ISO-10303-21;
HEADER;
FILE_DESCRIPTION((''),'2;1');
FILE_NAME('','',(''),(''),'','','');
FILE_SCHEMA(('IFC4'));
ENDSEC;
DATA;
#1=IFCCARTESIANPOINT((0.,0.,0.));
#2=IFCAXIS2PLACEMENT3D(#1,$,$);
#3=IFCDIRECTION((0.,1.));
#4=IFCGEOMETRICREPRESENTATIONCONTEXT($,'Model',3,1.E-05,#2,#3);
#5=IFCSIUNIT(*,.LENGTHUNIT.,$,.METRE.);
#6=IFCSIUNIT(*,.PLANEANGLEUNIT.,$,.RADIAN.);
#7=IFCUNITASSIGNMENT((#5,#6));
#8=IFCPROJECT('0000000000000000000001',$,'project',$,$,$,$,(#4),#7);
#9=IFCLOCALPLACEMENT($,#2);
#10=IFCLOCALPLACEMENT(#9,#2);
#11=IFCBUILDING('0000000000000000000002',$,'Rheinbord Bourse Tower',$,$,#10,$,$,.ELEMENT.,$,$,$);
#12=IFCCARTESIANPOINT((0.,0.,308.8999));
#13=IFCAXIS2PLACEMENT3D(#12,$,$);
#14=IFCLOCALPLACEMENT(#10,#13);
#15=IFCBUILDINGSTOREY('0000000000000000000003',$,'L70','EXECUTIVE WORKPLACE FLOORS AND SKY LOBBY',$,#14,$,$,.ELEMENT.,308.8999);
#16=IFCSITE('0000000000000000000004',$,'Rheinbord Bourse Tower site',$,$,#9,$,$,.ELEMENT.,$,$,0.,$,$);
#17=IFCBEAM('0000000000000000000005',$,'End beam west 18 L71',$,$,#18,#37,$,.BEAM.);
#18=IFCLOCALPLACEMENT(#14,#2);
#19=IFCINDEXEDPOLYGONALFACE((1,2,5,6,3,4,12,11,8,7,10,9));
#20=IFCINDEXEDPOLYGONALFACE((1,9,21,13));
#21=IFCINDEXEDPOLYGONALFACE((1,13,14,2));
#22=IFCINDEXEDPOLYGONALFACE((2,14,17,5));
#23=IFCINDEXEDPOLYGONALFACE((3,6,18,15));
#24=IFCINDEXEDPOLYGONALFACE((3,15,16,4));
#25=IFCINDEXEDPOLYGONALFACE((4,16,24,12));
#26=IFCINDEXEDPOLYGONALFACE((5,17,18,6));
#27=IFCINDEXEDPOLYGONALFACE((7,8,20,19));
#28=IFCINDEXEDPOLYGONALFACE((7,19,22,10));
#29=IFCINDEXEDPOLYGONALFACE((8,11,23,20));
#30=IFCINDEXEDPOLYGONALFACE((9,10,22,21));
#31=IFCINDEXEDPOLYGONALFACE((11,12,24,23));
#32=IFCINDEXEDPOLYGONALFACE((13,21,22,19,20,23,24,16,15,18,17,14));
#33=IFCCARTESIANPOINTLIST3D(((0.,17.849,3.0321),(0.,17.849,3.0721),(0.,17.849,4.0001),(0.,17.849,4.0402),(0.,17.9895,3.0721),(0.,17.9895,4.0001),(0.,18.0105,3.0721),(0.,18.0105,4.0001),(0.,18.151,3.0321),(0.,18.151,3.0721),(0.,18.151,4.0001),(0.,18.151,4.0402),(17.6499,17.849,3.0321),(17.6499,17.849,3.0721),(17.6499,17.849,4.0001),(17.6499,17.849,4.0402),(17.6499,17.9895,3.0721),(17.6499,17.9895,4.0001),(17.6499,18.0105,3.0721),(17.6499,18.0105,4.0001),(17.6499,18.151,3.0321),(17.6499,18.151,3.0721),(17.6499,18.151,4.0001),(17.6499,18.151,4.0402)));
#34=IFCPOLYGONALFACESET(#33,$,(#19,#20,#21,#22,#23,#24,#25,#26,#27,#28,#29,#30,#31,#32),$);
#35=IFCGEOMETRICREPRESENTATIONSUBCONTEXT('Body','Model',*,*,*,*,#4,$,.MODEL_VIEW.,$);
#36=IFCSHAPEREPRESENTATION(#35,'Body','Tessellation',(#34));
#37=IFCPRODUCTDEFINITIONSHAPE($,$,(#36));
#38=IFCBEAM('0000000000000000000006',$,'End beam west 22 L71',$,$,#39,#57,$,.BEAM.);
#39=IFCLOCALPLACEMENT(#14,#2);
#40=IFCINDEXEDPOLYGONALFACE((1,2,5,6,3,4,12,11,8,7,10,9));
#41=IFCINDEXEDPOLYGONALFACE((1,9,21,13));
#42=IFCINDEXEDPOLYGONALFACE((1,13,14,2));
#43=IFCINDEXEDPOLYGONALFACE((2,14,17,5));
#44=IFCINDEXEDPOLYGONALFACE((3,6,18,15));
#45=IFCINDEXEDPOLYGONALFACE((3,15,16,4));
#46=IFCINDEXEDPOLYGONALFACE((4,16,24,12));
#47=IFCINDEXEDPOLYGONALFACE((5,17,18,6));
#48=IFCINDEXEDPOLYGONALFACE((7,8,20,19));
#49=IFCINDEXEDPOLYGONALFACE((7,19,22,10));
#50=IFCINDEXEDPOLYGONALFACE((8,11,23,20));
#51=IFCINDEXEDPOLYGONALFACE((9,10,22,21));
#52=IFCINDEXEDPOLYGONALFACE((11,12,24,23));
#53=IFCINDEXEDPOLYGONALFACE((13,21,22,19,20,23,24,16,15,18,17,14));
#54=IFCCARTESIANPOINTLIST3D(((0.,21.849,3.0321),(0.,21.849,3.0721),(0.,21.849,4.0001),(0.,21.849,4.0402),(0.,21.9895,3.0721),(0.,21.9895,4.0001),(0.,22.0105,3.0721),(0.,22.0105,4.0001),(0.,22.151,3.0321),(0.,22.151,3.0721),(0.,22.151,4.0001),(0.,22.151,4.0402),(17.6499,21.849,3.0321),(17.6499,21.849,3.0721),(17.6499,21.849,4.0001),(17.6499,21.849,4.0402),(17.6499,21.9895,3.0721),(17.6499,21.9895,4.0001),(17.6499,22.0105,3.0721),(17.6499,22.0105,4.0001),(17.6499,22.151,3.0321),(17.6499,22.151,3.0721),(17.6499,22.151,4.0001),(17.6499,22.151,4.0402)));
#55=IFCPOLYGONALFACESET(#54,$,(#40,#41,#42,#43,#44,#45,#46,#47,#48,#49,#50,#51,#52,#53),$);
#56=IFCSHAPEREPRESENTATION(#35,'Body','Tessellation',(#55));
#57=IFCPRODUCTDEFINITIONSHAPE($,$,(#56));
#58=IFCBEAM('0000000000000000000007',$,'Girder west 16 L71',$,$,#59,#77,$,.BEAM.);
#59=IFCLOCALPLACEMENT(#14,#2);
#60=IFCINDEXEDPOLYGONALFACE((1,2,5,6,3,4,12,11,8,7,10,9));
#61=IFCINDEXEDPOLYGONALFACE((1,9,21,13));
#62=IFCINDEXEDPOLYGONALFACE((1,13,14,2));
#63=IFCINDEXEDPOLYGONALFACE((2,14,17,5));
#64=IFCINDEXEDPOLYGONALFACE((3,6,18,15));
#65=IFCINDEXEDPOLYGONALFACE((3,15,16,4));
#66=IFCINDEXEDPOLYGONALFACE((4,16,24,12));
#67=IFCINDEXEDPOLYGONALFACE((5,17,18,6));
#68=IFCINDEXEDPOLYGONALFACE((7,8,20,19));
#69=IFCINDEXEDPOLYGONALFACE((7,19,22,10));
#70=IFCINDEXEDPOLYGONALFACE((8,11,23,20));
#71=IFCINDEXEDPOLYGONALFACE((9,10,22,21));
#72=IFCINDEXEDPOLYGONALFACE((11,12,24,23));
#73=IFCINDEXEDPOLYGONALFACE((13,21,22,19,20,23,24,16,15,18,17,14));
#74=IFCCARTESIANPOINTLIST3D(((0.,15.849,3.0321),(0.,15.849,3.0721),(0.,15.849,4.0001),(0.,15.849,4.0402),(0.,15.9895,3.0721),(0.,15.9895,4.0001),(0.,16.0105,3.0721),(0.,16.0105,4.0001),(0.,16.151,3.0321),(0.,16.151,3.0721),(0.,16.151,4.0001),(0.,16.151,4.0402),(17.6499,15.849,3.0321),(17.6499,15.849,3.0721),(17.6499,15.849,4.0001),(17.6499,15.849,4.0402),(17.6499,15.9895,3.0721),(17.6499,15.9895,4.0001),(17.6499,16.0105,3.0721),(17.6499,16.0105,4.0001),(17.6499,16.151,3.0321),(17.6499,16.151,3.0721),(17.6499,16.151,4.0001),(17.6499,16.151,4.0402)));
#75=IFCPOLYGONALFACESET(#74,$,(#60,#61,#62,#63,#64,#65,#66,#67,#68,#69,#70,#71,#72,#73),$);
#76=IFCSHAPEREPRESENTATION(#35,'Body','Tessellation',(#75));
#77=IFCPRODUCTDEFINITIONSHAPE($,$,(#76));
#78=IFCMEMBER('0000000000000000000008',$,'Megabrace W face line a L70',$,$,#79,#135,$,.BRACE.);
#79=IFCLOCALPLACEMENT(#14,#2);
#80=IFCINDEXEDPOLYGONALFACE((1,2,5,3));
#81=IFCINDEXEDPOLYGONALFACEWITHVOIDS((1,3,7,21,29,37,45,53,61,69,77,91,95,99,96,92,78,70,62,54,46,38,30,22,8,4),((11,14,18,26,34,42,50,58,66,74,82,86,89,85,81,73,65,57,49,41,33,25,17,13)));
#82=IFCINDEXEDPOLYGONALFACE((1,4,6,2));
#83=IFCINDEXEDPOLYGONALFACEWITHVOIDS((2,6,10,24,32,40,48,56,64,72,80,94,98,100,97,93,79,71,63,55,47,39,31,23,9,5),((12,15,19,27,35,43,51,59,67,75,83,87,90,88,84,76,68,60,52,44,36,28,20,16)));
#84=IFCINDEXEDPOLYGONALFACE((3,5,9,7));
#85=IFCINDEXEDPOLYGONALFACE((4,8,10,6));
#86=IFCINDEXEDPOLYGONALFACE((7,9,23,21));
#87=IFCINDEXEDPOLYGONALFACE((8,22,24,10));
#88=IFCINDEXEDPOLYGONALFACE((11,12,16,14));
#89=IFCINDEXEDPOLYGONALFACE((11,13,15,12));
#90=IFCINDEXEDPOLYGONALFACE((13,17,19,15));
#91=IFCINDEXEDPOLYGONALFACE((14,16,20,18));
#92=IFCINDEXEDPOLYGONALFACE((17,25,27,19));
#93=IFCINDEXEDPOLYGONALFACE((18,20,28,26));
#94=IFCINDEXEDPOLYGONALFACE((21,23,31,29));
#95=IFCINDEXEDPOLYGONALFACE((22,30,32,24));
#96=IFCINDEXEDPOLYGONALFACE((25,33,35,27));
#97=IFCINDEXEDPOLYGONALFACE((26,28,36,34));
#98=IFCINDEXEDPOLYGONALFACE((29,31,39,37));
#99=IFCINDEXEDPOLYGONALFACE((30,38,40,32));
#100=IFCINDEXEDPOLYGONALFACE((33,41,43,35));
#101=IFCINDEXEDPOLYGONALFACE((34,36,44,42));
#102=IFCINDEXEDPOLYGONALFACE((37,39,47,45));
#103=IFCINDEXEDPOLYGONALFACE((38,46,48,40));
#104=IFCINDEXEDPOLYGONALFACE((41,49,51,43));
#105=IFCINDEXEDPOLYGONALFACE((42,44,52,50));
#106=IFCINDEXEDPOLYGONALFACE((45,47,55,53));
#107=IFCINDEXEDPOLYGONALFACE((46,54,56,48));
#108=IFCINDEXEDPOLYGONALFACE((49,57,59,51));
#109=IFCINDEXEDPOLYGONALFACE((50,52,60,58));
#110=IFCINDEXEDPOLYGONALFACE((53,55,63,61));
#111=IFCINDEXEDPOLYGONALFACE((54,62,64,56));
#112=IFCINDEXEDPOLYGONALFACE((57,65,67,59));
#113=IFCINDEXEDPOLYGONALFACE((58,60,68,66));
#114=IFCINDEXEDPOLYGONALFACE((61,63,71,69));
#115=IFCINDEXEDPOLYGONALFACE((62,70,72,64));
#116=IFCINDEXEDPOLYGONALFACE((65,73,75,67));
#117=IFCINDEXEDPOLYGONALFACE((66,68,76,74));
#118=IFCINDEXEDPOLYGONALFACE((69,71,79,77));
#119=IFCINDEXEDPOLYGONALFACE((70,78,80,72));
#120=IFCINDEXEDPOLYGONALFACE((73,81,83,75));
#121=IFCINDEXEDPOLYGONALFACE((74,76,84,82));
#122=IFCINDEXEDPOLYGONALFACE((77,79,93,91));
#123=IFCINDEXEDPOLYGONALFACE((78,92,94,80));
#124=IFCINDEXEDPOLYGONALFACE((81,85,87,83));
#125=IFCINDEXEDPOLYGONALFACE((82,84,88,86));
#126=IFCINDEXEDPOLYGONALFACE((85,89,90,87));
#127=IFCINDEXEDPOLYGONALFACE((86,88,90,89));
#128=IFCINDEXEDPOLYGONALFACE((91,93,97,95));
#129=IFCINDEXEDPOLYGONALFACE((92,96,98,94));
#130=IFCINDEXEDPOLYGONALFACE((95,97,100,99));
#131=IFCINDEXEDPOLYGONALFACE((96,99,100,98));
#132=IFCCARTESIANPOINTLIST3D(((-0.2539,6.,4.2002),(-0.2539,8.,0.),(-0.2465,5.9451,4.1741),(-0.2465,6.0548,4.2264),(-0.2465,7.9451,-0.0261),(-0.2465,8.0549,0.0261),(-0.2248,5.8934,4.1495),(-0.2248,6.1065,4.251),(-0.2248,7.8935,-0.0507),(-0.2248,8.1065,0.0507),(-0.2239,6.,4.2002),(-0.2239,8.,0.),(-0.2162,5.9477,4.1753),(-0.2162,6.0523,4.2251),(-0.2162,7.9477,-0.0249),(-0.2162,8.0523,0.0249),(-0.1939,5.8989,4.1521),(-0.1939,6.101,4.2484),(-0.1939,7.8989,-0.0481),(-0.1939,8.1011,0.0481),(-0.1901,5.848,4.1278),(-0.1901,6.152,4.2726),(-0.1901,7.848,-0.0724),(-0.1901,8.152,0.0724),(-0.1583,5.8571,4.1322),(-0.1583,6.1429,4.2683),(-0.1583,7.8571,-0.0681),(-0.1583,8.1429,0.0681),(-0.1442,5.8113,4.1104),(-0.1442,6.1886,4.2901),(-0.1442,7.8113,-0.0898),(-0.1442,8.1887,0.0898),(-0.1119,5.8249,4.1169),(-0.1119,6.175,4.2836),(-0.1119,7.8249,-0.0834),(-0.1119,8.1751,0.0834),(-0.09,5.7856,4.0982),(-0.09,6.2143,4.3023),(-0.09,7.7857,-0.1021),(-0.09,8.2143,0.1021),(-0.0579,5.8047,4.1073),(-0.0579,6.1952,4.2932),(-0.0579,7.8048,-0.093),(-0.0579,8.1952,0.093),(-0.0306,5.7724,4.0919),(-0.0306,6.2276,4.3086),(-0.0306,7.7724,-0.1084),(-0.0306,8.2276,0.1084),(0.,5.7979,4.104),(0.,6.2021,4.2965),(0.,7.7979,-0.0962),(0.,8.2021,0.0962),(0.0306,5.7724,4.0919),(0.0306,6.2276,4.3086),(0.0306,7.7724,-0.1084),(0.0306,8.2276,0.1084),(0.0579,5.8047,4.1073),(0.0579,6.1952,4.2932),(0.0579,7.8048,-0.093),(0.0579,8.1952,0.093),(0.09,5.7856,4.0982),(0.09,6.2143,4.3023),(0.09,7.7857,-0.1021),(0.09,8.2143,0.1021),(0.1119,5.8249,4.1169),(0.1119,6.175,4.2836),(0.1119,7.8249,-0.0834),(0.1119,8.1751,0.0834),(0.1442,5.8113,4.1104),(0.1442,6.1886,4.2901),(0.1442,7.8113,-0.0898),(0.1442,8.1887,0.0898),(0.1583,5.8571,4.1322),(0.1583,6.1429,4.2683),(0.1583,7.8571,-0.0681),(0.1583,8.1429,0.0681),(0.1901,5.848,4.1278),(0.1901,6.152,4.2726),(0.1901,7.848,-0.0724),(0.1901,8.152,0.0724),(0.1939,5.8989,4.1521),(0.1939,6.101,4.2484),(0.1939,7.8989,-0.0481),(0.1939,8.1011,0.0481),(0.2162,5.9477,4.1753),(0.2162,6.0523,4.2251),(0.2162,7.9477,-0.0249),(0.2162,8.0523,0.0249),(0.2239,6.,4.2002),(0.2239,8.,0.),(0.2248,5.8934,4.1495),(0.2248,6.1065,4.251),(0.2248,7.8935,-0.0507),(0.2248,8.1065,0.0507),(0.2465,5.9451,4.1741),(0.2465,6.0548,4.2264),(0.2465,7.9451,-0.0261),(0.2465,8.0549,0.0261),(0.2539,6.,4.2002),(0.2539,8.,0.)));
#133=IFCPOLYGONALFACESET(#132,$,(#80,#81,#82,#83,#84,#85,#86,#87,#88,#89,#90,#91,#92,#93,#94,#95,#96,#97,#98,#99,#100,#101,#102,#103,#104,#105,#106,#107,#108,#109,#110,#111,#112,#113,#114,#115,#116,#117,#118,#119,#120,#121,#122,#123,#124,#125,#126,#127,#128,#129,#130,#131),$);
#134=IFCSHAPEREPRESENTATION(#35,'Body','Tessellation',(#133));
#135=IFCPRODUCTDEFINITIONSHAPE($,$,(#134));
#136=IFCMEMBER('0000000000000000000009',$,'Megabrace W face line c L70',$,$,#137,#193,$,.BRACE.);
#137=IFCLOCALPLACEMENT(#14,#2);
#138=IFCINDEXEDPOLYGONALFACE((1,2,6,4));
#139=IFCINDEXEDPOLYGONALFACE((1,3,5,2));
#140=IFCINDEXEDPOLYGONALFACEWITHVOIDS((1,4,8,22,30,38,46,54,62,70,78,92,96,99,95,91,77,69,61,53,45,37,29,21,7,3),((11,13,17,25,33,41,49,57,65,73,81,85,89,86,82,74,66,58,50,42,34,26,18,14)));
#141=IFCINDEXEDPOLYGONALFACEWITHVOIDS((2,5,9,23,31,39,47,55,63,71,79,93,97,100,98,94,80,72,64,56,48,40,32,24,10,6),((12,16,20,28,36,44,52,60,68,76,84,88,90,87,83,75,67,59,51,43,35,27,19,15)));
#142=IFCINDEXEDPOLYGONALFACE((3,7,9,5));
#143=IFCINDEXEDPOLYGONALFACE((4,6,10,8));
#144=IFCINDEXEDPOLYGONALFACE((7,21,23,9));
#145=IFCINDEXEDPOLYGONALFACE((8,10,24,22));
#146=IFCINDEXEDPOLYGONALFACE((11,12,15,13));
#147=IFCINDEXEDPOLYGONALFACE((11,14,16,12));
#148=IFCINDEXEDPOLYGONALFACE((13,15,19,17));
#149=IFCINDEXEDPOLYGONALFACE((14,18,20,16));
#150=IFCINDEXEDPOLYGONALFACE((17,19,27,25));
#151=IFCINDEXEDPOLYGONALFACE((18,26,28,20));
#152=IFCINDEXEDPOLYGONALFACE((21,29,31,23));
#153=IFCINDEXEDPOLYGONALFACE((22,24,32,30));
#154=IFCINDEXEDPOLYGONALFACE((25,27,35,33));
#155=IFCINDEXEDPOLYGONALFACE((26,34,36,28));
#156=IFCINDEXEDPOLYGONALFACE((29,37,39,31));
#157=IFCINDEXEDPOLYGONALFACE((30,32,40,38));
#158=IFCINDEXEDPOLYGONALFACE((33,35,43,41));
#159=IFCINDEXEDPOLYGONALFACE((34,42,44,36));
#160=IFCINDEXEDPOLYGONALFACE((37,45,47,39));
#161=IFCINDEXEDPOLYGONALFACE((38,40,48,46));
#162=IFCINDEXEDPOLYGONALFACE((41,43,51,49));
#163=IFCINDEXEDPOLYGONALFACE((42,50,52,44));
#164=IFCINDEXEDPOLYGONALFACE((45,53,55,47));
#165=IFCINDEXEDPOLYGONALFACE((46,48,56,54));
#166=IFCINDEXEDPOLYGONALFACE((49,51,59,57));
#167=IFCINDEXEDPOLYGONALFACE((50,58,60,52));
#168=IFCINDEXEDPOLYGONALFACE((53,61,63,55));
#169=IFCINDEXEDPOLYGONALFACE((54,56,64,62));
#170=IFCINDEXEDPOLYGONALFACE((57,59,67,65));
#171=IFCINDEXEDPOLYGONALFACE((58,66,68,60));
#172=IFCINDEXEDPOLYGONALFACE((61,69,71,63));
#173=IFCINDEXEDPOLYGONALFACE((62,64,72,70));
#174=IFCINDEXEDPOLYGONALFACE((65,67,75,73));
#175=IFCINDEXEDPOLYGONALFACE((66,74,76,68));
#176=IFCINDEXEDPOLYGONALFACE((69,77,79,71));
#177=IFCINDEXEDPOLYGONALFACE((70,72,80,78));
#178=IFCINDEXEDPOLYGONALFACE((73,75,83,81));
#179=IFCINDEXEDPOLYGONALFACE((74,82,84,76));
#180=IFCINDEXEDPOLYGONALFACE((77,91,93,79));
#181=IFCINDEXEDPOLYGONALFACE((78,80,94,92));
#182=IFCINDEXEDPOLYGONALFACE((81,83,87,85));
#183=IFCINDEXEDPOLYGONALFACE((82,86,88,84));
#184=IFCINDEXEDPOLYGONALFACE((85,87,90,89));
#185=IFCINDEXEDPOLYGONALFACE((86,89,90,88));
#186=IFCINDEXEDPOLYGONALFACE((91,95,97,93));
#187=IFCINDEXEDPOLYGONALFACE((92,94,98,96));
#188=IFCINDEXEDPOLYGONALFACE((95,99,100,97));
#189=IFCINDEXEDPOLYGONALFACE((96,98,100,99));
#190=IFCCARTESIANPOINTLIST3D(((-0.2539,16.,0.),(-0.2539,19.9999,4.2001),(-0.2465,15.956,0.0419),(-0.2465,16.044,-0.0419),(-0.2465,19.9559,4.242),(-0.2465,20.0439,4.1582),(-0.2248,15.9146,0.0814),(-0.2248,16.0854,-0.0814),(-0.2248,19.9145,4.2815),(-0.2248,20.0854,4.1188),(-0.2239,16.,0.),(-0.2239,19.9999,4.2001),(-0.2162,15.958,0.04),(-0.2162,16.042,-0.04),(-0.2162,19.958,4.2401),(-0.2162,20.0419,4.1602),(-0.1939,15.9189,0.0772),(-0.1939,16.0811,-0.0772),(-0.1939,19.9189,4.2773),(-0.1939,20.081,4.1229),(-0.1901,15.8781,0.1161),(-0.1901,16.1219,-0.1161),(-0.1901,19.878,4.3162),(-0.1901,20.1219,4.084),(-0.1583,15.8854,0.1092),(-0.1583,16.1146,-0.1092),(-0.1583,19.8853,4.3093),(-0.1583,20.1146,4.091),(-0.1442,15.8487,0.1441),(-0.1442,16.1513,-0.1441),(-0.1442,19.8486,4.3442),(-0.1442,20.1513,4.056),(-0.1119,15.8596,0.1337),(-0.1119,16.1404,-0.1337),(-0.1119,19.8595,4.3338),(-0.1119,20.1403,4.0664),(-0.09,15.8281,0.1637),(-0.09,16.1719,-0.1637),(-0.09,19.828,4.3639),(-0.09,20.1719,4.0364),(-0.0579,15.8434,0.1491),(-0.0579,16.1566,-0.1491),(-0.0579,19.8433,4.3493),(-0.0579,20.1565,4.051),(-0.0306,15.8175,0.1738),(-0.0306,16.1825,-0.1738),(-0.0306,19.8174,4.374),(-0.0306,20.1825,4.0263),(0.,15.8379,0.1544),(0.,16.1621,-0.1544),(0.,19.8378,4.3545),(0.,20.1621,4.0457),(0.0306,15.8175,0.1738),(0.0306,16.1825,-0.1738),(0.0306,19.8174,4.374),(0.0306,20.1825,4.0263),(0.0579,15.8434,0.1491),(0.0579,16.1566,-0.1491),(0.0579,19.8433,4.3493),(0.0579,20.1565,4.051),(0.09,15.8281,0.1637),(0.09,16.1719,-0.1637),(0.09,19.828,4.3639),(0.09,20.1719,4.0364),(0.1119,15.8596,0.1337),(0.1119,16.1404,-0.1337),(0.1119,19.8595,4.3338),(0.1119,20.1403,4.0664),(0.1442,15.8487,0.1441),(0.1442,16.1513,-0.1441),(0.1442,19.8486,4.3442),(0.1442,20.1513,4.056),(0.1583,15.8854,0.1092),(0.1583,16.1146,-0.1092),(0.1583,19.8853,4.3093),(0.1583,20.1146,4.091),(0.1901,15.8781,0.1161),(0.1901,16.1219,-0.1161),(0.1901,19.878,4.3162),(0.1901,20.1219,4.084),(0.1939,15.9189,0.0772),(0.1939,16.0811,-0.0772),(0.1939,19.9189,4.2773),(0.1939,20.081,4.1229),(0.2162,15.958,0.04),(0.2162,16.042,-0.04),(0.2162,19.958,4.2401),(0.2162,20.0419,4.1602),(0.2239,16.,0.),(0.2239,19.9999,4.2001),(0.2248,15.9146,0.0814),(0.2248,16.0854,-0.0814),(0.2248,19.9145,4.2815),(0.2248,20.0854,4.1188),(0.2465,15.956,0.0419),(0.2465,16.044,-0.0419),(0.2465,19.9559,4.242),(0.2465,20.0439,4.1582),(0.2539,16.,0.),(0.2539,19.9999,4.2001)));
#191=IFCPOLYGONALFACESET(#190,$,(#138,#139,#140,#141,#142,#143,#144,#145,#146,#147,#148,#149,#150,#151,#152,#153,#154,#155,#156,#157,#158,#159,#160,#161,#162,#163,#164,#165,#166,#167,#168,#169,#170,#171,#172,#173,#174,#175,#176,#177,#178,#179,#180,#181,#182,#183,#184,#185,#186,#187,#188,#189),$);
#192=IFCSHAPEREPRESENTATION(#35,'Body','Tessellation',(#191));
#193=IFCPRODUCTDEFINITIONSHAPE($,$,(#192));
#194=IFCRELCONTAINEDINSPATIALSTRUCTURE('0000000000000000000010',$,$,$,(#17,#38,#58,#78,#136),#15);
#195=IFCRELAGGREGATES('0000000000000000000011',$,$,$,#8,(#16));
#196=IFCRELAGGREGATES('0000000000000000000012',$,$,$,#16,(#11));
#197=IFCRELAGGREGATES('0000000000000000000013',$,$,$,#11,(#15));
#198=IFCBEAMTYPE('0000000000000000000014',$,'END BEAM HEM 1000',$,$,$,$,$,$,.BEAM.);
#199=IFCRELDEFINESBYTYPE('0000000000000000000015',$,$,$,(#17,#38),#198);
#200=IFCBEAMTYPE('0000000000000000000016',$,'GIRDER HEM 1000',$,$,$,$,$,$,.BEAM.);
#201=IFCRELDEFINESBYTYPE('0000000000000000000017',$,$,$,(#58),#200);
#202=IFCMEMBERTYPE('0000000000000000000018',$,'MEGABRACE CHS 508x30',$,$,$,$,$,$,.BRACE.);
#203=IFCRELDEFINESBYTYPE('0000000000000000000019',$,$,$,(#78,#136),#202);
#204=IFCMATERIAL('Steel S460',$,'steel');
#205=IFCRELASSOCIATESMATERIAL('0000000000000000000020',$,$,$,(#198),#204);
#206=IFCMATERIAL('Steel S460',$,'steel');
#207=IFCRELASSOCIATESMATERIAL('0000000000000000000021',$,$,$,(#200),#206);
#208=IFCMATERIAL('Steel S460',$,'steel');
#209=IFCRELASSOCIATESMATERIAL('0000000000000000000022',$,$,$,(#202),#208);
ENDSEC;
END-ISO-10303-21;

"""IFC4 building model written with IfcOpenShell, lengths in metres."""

from ifc_helpers import new_model, si_unit, direction, frame, origin, origin_2d, place, context, subcontext, project, spatial, hollow_circle, i_section, extrude, material, material_profile, profile_set, type_object, element, save


model = new_model("IFC4")

# Units and contexts
model_context = context("Model", 3, precision=1e-05, world=origin(), true_north=direction((0.0, 1.0)))
body_context = subcontext(model_context, "Body", "Model", "MODEL_VIEW")
ifc_project = project(units=[si_unit("LENGTHUNIT", "METRE"), si_unit("PLANEANGLEUNIT", "RADIAN")], contexts=[model_context])

# Site, building, storey
site_placement = place(None, origin())
site = spatial("IfcSite", under=ifc_project, at=site_placement, Name="Rheinbord Bourse Tower site", CompositionType="ELEMENT", RefElevation=0.0)
building_placement = place(site_placement, origin())
building = spatial("IfcBuilding", under=site, at=building_placement, Name="Rheinbord Bourse Tower", CompositionType="ELEMENT")
storey_placement = place(building_placement, frame((0.0, 0.0, 308.8999)))
storey = spatial("IfcBuildingStorey", under=building, at=storey_placement, Name="L70", Description="EXECUTIVE WORKPLACE FLOORS AND SKY LOBBY", CompositionType="ELEMENT", Elevation=308.8999)

# Beams
ifc_material_1 = material(Name="Steel S460", Category="steel")
ifc_material_profile_1 = material_profile(ifc_material_1, i_section(OverallWidth=0.302, OverallDepth=1.0081, WebThickness=0.021, FlangeThickness=0.04, at=origin_2d()), Name="HEM 1000")
ifc_profile_set_1 = profile_set([ifc_material_profile_1], Name="Steel S460")
beam_type_1 = type_object("IfcBeamType", Name="END BEAM HEM 1000", PredefinedType="BEAM", material=ifc_profile_set_1)
for number, where, z_axis, x_axis, name in (
    (1, (0.0, 18.0, 3.5361), (1.0, 0.0, 0.0), (0.0, 1.0, 0.0), "End beam west 18 L71"),
    (2, (0.0, 22.0, 3.5361), (1.0, 0.0, 0.0), (0.0, 1.0, 0.0), "End beam west 22 L71"),
):
    element("IfcBeam", number, at=place(storey_placement, frame(where, z_axis=z_axis, x_axis=x_axis)), inside=storey, type_object=beam_type_1, Name=name, PredefinedType="BEAM", context=body_context, shape_type="SweptSolid", body=[
        extrude(i_section(OverallWidth=0.302, OverallDepth=1.0081, WebThickness=0.021, FlangeThickness=0.04, at=origin_2d()), origin(), (0.0, 0.0, 1.0), 17.6499),
    ])
ifc_material_2 = material(Name="Steel S460", Category="steel")
ifc_material_profile_2 = material_profile(ifc_material_2, i_section(OverallWidth=0.302, OverallDepth=1.0081, WebThickness=0.021, FlangeThickness=0.04, at=origin_2d()), Name="HEM 1000")
ifc_profile_set_2 = profile_set([ifc_material_profile_2], Name="Steel S460")
beam_type_2 = type_object("IfcBeamType", Name="GIRDER HEM 1000", PredefinedType="BEAM", material=ifc_profile_set_2)
beam_1_placement = place(storey_placement, frame((0.0, 16.0, 3.5361), z_axis=(1.0, 0.0, 0.0), x_axis=(0.0, 1.0, 0.0)))
element("IfcBeam", 3, at=beam_1_placement, inside=storey, type_object=beam_type_2, Name="Girder west 16 L71", PredefinedType="BEAM", context=body_context, shape_type="SweptSolid", body=[
    extrude(i_section(OverallWidth=0.302, OverallDepth=1.0081, WebThickness=0.021, FlangeThickness=0.04, at=origin_2d()), origin(), (0.0, 0.0, 1.0), 17.6499),
])

# Members
ifc_material_3 = material(Name="Steel S460", Category="steel")
ifc_material_profile_3 = material_profile(ifc_material_3, hollow_circle(Radius=0.2539, WallThickness=0.03, at=origin_2d()), Name="CHS 508x30")
ifc_profile_set_3 = profile_set([ifc_material_profile_3], Name="Steel S460")
member_type_1 = type_object("IfcMemberType", Name="MEGABRACE CHS 508x30", PredefinedType="BRACE", material=ifc_profile_set_3)
member_1_placement = place(storey_placement, frame((0.0, 8.0, 0.0), z_axis=(0.0, -0.429917, 0.902868), x_axis=(1.0, 0.0, 0.0)))
element("IfcMember", 4, at=member_1_placement, inside=storey, type_object=member_type_1, Name="Megabrace W face line a L70", PredefinedType="BRACE", context=body_context, shape_type="SweptSolid", body=[
    extrude(hollow_circle(Radius=0.2539, WallThickness=0.03, at=origin_2d()), origin(), (0.0, 0.0, 1.0), 4.6521),
])
member_2_placement = place(storey_placement, frame((0.0, 16.0, 0.0), z_axis=(0.0, 0.689638, 0.724154), x_axis=(-1.0, 0.0, 0.0)))
element("IfcMember", 5, at=member_2_placement, inside=storey, type_object=member_type_1, Name="Megabrace W face line c L70", PredefinedType="BRACE", context=body_context, shape_type="SweptSolid", body=[
    extrude(hollow_circle(Radius=0.2539, WallThickness=0.03, at=origin_2d()), origin(), (0.0, 0.0, 1.0), 5.8),
])

save(model, "model.ifc")
